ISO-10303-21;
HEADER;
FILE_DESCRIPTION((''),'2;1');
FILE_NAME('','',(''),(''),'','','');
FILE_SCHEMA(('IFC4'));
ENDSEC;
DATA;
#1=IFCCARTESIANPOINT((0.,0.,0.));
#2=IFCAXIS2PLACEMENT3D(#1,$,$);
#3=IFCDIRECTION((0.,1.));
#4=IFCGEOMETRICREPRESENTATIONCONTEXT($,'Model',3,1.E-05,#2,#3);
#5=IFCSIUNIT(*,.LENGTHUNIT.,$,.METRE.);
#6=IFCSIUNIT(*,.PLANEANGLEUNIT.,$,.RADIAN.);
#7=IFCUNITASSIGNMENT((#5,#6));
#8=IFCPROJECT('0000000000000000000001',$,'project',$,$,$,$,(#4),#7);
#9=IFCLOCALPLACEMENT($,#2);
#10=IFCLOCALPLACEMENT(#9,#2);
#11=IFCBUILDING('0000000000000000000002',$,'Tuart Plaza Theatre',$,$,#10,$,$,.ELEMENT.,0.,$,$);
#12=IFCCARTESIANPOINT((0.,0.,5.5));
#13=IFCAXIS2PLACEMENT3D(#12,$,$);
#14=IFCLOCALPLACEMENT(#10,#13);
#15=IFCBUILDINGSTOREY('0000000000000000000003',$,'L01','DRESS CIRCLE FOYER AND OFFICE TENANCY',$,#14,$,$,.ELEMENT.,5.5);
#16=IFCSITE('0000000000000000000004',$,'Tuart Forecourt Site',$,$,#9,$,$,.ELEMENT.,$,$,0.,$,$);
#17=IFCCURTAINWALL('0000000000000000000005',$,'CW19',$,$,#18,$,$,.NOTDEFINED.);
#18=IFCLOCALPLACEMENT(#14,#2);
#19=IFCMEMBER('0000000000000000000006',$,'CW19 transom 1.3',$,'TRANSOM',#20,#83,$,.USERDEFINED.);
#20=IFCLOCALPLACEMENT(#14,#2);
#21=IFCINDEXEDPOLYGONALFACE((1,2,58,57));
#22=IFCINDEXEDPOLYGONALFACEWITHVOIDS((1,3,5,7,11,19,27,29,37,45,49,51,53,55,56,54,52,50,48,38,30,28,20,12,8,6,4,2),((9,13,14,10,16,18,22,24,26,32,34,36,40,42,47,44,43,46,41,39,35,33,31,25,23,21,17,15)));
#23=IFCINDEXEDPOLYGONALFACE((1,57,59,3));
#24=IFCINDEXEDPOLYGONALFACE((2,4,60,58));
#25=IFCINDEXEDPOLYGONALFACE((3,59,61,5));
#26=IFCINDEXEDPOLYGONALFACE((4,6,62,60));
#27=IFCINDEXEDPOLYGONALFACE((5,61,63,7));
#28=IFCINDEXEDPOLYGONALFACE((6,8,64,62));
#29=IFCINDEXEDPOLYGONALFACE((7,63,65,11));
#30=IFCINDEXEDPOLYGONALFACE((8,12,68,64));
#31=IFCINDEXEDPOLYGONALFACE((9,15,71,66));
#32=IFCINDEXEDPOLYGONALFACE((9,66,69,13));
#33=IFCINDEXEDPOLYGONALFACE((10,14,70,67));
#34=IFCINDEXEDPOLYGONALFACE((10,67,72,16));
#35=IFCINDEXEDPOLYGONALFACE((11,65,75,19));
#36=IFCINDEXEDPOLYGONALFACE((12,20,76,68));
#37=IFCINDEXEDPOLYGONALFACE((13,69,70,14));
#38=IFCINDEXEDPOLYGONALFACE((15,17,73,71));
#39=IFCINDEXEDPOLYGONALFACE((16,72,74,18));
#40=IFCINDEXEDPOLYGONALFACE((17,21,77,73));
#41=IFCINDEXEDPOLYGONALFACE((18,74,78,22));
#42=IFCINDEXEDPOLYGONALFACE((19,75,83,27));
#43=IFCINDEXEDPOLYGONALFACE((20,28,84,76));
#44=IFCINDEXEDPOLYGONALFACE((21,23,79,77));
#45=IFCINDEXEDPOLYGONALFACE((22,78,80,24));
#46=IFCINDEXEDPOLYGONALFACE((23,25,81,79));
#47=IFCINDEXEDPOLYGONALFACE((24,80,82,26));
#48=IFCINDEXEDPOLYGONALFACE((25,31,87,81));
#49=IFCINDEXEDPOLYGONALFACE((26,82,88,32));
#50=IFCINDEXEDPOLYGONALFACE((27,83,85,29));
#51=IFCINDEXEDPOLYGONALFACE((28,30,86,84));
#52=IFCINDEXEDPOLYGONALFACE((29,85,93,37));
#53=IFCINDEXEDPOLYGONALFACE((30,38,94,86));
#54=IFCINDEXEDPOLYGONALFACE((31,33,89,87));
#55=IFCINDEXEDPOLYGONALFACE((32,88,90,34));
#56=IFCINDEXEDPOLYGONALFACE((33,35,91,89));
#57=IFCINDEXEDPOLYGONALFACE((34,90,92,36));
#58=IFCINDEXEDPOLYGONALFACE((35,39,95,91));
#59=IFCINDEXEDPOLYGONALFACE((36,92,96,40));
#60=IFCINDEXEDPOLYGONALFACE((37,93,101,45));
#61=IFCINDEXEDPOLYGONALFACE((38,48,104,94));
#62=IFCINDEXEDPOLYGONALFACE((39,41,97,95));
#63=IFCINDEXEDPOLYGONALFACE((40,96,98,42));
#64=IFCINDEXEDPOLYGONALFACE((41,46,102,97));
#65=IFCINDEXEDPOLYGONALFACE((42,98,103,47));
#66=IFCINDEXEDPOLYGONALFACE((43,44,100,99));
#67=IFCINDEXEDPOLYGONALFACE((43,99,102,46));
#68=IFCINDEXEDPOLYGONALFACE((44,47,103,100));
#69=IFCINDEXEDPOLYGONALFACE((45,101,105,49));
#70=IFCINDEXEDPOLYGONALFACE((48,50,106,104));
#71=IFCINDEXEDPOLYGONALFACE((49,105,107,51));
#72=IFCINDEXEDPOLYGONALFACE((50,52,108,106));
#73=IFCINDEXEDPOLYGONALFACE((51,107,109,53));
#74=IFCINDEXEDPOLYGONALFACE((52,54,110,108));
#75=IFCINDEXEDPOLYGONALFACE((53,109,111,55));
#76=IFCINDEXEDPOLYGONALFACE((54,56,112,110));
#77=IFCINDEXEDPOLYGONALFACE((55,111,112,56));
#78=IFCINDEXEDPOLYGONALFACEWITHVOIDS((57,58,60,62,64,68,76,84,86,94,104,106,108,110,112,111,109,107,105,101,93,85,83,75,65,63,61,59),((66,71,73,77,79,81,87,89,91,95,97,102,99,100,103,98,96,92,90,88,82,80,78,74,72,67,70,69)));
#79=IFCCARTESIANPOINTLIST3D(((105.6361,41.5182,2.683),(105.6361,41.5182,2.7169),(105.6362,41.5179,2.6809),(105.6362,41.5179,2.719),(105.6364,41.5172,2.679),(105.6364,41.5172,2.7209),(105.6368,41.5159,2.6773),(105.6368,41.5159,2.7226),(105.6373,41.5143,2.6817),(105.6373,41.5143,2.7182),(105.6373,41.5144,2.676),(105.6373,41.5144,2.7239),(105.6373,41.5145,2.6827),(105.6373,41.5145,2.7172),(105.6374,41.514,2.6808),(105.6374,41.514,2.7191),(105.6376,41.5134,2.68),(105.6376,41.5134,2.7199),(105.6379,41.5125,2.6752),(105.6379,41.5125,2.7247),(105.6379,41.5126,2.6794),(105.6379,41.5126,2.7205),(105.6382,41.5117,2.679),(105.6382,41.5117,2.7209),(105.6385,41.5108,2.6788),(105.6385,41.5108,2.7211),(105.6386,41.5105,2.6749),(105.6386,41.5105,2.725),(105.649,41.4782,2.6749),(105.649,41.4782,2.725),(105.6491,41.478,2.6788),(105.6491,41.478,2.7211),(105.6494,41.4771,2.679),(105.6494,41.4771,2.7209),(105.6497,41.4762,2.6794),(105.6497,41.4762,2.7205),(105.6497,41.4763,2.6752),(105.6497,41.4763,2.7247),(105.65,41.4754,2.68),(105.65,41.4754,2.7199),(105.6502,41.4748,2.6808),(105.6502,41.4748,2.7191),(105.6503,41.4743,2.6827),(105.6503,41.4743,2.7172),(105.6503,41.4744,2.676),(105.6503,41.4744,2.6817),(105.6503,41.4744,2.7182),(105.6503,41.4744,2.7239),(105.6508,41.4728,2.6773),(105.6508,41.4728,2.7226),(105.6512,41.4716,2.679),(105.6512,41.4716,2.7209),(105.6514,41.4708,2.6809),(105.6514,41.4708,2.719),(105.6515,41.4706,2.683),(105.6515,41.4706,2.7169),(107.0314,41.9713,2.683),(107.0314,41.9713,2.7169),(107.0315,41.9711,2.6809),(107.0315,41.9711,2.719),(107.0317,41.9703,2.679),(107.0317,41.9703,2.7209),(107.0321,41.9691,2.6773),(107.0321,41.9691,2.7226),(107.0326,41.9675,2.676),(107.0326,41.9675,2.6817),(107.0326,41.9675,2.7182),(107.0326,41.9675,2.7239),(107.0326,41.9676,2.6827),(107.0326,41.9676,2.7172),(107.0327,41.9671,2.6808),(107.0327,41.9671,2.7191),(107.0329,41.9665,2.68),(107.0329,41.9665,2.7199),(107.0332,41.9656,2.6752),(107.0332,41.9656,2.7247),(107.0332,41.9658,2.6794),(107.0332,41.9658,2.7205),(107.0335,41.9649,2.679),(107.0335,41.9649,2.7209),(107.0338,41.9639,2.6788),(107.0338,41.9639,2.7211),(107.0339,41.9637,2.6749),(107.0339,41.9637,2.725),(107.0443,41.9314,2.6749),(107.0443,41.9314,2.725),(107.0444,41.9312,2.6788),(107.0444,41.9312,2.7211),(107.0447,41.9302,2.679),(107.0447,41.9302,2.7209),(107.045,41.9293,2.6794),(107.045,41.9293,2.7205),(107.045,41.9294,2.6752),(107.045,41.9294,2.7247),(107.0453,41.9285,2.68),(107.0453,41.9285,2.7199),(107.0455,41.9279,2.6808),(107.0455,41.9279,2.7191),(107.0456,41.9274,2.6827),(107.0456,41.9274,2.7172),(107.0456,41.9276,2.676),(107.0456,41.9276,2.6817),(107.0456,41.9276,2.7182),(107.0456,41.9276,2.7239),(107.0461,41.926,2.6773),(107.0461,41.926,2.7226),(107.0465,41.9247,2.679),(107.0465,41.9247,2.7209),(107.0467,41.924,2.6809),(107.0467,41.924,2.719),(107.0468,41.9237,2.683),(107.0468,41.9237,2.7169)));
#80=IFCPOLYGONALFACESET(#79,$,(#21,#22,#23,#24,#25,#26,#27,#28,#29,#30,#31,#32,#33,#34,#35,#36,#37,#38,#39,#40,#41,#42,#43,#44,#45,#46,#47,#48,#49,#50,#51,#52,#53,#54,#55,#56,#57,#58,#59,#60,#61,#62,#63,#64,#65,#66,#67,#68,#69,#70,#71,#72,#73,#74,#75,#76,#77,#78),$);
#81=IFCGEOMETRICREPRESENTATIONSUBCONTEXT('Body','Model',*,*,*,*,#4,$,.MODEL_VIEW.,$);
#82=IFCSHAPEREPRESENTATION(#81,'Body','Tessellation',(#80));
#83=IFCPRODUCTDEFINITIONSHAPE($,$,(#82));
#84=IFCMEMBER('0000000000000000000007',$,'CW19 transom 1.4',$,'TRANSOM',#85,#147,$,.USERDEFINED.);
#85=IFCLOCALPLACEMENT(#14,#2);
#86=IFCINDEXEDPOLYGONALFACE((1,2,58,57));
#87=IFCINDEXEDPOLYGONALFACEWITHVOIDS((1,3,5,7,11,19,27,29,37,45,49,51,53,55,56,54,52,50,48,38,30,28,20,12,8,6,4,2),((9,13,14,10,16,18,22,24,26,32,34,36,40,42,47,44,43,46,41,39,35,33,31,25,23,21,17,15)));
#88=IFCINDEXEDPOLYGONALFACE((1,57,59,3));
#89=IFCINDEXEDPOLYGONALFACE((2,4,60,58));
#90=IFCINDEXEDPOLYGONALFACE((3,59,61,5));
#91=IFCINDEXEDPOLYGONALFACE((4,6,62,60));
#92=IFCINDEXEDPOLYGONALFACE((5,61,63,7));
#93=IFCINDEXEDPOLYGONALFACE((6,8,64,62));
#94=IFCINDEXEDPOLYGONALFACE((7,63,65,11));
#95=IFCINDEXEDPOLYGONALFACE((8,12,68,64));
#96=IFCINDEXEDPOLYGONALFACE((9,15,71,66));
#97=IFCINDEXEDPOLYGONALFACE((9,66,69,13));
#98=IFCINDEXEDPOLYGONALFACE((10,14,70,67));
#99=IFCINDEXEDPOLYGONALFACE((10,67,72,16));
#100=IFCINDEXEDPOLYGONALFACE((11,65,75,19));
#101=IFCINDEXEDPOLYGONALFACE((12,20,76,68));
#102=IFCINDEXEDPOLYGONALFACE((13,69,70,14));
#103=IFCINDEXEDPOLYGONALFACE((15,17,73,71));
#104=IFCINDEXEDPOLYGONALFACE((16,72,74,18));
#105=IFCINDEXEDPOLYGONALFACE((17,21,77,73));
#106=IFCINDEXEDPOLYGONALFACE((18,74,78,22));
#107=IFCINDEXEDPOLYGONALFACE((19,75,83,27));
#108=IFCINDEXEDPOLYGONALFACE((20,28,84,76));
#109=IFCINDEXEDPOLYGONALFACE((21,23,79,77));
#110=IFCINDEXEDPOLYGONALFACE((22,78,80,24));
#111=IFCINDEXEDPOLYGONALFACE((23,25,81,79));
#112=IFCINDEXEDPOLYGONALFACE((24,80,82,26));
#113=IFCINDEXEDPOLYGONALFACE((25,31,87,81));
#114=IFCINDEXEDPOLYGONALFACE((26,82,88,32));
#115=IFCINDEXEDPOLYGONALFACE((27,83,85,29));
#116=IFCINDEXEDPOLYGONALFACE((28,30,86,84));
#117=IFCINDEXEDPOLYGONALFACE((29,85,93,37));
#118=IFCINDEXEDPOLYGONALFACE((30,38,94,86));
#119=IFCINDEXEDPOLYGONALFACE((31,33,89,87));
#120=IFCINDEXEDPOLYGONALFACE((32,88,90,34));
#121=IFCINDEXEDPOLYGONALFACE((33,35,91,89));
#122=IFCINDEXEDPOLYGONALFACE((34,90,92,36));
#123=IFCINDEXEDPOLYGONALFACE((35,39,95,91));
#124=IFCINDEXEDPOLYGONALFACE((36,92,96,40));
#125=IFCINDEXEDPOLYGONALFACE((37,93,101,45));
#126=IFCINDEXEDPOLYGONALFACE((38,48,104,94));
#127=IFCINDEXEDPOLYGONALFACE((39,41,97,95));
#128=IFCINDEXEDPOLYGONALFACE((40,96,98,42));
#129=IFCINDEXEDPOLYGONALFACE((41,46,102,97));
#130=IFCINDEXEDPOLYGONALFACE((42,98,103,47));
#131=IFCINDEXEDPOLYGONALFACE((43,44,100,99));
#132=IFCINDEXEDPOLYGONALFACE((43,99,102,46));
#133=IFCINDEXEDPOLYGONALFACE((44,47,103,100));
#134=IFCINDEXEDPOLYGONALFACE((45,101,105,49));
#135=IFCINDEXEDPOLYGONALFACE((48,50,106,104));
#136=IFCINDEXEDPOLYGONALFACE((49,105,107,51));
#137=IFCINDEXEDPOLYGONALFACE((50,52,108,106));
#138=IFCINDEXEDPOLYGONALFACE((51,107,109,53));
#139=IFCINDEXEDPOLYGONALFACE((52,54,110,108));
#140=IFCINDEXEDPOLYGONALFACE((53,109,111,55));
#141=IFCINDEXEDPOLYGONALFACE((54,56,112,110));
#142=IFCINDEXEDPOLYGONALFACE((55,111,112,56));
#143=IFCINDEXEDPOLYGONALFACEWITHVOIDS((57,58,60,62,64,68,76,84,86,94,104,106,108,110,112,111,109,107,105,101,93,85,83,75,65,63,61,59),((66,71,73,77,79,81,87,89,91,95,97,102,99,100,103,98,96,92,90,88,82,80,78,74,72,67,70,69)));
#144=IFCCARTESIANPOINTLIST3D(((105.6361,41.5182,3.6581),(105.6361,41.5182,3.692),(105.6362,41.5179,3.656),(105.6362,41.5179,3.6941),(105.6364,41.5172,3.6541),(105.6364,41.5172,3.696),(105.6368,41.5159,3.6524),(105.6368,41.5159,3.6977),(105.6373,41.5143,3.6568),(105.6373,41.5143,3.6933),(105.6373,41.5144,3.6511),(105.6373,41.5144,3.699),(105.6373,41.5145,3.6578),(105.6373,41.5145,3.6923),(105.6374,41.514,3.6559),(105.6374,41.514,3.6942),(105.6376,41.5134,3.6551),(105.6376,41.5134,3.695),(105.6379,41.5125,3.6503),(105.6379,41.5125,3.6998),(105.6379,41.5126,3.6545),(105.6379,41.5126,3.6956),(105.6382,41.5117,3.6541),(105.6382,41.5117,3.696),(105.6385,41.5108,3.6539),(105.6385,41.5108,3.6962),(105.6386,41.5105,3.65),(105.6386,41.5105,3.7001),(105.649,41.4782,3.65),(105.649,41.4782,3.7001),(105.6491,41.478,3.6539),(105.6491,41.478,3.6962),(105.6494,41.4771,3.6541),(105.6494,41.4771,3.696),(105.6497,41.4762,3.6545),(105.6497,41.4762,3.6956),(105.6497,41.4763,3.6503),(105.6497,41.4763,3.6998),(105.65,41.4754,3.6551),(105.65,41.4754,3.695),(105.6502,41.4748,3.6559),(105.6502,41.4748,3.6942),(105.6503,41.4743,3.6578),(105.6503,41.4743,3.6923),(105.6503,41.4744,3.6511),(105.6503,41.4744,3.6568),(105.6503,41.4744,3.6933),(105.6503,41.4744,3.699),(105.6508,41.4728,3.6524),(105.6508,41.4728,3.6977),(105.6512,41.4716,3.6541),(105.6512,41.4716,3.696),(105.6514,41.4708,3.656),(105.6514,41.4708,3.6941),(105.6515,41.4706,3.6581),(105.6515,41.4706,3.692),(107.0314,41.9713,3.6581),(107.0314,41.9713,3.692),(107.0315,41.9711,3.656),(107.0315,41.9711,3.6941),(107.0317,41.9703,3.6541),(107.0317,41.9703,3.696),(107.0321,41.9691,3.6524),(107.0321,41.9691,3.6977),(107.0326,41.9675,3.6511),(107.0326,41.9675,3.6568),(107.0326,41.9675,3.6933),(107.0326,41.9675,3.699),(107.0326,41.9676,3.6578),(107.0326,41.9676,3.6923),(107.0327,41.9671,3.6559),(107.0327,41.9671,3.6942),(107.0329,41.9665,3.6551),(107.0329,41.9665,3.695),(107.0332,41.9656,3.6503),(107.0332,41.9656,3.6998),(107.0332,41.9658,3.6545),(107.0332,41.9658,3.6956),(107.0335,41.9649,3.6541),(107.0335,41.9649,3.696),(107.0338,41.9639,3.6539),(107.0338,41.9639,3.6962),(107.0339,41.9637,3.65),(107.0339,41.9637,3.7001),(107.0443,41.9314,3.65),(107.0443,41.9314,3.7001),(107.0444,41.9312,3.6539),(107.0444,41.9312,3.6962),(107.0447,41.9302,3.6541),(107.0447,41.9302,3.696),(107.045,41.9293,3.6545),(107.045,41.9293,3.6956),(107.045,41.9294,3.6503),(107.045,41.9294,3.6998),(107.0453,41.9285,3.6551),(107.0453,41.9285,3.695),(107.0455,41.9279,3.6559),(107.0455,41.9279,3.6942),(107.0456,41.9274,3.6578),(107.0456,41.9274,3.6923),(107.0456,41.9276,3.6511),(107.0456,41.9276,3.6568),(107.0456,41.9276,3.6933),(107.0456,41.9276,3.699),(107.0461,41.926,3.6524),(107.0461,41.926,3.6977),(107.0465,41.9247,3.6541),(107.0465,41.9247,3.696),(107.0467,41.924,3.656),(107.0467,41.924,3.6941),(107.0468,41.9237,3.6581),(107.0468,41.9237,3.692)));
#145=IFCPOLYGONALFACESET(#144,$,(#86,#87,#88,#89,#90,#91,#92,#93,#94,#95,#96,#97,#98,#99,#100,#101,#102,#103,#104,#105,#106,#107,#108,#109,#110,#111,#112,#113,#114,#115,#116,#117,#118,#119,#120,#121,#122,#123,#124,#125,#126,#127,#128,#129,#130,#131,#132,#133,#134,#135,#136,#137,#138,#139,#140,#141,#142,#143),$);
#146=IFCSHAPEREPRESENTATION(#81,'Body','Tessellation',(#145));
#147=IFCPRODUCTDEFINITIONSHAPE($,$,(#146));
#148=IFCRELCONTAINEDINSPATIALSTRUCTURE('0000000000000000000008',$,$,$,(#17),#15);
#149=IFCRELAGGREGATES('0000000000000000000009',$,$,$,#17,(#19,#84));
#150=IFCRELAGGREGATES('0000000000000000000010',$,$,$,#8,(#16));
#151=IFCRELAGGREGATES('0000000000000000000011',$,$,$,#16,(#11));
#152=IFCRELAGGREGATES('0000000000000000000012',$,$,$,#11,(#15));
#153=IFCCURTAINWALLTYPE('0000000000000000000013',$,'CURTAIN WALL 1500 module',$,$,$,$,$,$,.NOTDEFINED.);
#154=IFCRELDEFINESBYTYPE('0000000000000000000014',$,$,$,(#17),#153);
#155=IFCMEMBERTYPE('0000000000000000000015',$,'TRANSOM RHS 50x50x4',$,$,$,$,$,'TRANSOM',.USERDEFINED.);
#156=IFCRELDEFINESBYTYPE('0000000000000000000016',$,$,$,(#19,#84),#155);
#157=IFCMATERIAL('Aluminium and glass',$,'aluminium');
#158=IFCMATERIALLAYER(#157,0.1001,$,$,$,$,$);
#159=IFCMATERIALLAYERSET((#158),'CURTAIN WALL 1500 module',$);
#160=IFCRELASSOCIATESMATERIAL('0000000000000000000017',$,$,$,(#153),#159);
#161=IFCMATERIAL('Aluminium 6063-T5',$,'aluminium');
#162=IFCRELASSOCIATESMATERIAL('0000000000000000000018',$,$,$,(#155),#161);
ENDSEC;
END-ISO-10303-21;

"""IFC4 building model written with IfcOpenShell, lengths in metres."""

from ifc_helpers import new_model, si_unit, direction, frame, origin, origin_2d, place, context, subcontext, project, spatial, hollow_rectangle, extrude, material, layer, layer_set, material_profile, profile_set, type_object, element, aggregate, save


model = new_model("IFC4")

# Units and contexts
model_context = context("Model", 3, precision=1e-05, world=origin(), true_north=direction((0.0, 1.0)))
body_context = subcontext(model_context, "Body", "Model", "MODEL_VIEW")
ifc_project = project(units=[si_unit("LENGTHUNIT", "METRE"), si_unit("PLANEANGLEUNIT", "RADIAN")], contexts=[model_context])

# Site, building, storey
site_placement = place(None, origin())
site = spatial("IfcSite", under=ifc_project, at=site_placement, Name="Tuart Forecourt Site", CompositionType="ELEMENT", RefElevation=0.0)
building_placement = place(site_placement, origin())
building = spatial("IfcBuilding", under=site, at=building_placement, Name="Tuart Plaza Theatre", CompositionType="ELEMENT", ElevationOfRefHeight=0.0)
storey_placement = place(building_placement, frame((0.0, 0.0, 5.5)))
storey = spatial("IfcBuildingStorey", under=building, at=storey_placement, Name="L01", Description="DRESS CIRCLE FOYER AND OFFICE TENANCY", CompositionType="ELEMENT", Elevation=5.5)

# Shared definitions
ifc_material_1 = material(Name="Aluminium and glass", Category="aluminium")
ifc_layer_1 = layer(ifc_material_1, 0.1001)
ifc_layer_set_1 = layer_set([ifc_layer_1], Name="CURTAIN WALL 1500 module")
curtain_wall_type = type_object("IfcCurtainWallType", Name="CURTAIN WALL 1500 module", PredefinedType="NOTDEFINED", material=ifc_layer_set_1)

# Curtain wall
curtain_wall_1_placement = place(storey_placement, origin())
curtain_wall_1 = element("IfcCurtainWall", 1, at=curtain_wall_1_placement, inside=storey, type_object=curtain_wall_type, Name="CW19", PredefinedType="NOTDEFINED")

# Members
ifc_material_2 = material(Name="Aluminium 6063-T5", Category="aluminium")
ifc_material_profile_1 = material_profile(ifc_material_2, hollow_rectangle(XDim=0.05, YDim=0.05, WallThickness=0.0039, InnerFilletRadius=0.0039, OuterFilletRadius=0.0081, at=origin_2d()), Name="RHS 50x50x4")
ifc_profile_set_1 = profile_set([ifc_material_profile_1], Name="Aluminium 6063-T5")
member_type_1 = type_object("IfcMemberType", Name="TRANSOM RHS 50x50x4", ElementType="TRANSOM", PredefinedType="USERDEFINED", material=ifc_profile_set_1)
member_1_placement = place(storey_placement, frame((105.6438, 41.4944, 2.7), z_axis=(0.951101, 0.308879, 0.0), x_axis=(-0.308879, 0.951101, 0.0)))
member_1 = element("IfcMember", 2, at=member_1_placement, type_object=member_type_1, Name="CW19 transom 1.3", ObjectType="TRANSOM", PredefinedType="USERDEFINED", context=body_context, shape_type="SweptSolid", body=[
    extrude(hollow_rectangle(XDim=0.05, YDim=0.05, WallThickness=0.0039, InnerFilletRadius=0.0039, OuterFilletRadius=0.0081, at=origin_2d()), origin(), (0.0, 0.0, 1.0), 1.467),
])
member_2_placement = place(storey_placement, frame((105.6438, 41.4944, 3.675), z_axis=(0.951101, 0.308879, 0.0), x_axis=(-0.308879, 0.951101, 0.0)))
member_2 = element("IfcMember", 3, at=member_2_placement, type_object=member_type_1, Name="CW19 transom 1.4", ObjectType="TRANSOM", PredefinedType="USERDEFINED", context=body_context, shape_type="SweptSolid", body=[
    extrude(hollow_rectangle(XDim=0.05, YDim=0.05, WallThickness=0.0039, InnerFilletRadius=0.0039, OuterFilletRadius=0.0081, at=origin_2d()), origin(), (0.0, 0.0, 1.0), 1.467),
])

aggregate(curtain_wall_1, [member_1, member_2])

save(model, "model.ifc")
